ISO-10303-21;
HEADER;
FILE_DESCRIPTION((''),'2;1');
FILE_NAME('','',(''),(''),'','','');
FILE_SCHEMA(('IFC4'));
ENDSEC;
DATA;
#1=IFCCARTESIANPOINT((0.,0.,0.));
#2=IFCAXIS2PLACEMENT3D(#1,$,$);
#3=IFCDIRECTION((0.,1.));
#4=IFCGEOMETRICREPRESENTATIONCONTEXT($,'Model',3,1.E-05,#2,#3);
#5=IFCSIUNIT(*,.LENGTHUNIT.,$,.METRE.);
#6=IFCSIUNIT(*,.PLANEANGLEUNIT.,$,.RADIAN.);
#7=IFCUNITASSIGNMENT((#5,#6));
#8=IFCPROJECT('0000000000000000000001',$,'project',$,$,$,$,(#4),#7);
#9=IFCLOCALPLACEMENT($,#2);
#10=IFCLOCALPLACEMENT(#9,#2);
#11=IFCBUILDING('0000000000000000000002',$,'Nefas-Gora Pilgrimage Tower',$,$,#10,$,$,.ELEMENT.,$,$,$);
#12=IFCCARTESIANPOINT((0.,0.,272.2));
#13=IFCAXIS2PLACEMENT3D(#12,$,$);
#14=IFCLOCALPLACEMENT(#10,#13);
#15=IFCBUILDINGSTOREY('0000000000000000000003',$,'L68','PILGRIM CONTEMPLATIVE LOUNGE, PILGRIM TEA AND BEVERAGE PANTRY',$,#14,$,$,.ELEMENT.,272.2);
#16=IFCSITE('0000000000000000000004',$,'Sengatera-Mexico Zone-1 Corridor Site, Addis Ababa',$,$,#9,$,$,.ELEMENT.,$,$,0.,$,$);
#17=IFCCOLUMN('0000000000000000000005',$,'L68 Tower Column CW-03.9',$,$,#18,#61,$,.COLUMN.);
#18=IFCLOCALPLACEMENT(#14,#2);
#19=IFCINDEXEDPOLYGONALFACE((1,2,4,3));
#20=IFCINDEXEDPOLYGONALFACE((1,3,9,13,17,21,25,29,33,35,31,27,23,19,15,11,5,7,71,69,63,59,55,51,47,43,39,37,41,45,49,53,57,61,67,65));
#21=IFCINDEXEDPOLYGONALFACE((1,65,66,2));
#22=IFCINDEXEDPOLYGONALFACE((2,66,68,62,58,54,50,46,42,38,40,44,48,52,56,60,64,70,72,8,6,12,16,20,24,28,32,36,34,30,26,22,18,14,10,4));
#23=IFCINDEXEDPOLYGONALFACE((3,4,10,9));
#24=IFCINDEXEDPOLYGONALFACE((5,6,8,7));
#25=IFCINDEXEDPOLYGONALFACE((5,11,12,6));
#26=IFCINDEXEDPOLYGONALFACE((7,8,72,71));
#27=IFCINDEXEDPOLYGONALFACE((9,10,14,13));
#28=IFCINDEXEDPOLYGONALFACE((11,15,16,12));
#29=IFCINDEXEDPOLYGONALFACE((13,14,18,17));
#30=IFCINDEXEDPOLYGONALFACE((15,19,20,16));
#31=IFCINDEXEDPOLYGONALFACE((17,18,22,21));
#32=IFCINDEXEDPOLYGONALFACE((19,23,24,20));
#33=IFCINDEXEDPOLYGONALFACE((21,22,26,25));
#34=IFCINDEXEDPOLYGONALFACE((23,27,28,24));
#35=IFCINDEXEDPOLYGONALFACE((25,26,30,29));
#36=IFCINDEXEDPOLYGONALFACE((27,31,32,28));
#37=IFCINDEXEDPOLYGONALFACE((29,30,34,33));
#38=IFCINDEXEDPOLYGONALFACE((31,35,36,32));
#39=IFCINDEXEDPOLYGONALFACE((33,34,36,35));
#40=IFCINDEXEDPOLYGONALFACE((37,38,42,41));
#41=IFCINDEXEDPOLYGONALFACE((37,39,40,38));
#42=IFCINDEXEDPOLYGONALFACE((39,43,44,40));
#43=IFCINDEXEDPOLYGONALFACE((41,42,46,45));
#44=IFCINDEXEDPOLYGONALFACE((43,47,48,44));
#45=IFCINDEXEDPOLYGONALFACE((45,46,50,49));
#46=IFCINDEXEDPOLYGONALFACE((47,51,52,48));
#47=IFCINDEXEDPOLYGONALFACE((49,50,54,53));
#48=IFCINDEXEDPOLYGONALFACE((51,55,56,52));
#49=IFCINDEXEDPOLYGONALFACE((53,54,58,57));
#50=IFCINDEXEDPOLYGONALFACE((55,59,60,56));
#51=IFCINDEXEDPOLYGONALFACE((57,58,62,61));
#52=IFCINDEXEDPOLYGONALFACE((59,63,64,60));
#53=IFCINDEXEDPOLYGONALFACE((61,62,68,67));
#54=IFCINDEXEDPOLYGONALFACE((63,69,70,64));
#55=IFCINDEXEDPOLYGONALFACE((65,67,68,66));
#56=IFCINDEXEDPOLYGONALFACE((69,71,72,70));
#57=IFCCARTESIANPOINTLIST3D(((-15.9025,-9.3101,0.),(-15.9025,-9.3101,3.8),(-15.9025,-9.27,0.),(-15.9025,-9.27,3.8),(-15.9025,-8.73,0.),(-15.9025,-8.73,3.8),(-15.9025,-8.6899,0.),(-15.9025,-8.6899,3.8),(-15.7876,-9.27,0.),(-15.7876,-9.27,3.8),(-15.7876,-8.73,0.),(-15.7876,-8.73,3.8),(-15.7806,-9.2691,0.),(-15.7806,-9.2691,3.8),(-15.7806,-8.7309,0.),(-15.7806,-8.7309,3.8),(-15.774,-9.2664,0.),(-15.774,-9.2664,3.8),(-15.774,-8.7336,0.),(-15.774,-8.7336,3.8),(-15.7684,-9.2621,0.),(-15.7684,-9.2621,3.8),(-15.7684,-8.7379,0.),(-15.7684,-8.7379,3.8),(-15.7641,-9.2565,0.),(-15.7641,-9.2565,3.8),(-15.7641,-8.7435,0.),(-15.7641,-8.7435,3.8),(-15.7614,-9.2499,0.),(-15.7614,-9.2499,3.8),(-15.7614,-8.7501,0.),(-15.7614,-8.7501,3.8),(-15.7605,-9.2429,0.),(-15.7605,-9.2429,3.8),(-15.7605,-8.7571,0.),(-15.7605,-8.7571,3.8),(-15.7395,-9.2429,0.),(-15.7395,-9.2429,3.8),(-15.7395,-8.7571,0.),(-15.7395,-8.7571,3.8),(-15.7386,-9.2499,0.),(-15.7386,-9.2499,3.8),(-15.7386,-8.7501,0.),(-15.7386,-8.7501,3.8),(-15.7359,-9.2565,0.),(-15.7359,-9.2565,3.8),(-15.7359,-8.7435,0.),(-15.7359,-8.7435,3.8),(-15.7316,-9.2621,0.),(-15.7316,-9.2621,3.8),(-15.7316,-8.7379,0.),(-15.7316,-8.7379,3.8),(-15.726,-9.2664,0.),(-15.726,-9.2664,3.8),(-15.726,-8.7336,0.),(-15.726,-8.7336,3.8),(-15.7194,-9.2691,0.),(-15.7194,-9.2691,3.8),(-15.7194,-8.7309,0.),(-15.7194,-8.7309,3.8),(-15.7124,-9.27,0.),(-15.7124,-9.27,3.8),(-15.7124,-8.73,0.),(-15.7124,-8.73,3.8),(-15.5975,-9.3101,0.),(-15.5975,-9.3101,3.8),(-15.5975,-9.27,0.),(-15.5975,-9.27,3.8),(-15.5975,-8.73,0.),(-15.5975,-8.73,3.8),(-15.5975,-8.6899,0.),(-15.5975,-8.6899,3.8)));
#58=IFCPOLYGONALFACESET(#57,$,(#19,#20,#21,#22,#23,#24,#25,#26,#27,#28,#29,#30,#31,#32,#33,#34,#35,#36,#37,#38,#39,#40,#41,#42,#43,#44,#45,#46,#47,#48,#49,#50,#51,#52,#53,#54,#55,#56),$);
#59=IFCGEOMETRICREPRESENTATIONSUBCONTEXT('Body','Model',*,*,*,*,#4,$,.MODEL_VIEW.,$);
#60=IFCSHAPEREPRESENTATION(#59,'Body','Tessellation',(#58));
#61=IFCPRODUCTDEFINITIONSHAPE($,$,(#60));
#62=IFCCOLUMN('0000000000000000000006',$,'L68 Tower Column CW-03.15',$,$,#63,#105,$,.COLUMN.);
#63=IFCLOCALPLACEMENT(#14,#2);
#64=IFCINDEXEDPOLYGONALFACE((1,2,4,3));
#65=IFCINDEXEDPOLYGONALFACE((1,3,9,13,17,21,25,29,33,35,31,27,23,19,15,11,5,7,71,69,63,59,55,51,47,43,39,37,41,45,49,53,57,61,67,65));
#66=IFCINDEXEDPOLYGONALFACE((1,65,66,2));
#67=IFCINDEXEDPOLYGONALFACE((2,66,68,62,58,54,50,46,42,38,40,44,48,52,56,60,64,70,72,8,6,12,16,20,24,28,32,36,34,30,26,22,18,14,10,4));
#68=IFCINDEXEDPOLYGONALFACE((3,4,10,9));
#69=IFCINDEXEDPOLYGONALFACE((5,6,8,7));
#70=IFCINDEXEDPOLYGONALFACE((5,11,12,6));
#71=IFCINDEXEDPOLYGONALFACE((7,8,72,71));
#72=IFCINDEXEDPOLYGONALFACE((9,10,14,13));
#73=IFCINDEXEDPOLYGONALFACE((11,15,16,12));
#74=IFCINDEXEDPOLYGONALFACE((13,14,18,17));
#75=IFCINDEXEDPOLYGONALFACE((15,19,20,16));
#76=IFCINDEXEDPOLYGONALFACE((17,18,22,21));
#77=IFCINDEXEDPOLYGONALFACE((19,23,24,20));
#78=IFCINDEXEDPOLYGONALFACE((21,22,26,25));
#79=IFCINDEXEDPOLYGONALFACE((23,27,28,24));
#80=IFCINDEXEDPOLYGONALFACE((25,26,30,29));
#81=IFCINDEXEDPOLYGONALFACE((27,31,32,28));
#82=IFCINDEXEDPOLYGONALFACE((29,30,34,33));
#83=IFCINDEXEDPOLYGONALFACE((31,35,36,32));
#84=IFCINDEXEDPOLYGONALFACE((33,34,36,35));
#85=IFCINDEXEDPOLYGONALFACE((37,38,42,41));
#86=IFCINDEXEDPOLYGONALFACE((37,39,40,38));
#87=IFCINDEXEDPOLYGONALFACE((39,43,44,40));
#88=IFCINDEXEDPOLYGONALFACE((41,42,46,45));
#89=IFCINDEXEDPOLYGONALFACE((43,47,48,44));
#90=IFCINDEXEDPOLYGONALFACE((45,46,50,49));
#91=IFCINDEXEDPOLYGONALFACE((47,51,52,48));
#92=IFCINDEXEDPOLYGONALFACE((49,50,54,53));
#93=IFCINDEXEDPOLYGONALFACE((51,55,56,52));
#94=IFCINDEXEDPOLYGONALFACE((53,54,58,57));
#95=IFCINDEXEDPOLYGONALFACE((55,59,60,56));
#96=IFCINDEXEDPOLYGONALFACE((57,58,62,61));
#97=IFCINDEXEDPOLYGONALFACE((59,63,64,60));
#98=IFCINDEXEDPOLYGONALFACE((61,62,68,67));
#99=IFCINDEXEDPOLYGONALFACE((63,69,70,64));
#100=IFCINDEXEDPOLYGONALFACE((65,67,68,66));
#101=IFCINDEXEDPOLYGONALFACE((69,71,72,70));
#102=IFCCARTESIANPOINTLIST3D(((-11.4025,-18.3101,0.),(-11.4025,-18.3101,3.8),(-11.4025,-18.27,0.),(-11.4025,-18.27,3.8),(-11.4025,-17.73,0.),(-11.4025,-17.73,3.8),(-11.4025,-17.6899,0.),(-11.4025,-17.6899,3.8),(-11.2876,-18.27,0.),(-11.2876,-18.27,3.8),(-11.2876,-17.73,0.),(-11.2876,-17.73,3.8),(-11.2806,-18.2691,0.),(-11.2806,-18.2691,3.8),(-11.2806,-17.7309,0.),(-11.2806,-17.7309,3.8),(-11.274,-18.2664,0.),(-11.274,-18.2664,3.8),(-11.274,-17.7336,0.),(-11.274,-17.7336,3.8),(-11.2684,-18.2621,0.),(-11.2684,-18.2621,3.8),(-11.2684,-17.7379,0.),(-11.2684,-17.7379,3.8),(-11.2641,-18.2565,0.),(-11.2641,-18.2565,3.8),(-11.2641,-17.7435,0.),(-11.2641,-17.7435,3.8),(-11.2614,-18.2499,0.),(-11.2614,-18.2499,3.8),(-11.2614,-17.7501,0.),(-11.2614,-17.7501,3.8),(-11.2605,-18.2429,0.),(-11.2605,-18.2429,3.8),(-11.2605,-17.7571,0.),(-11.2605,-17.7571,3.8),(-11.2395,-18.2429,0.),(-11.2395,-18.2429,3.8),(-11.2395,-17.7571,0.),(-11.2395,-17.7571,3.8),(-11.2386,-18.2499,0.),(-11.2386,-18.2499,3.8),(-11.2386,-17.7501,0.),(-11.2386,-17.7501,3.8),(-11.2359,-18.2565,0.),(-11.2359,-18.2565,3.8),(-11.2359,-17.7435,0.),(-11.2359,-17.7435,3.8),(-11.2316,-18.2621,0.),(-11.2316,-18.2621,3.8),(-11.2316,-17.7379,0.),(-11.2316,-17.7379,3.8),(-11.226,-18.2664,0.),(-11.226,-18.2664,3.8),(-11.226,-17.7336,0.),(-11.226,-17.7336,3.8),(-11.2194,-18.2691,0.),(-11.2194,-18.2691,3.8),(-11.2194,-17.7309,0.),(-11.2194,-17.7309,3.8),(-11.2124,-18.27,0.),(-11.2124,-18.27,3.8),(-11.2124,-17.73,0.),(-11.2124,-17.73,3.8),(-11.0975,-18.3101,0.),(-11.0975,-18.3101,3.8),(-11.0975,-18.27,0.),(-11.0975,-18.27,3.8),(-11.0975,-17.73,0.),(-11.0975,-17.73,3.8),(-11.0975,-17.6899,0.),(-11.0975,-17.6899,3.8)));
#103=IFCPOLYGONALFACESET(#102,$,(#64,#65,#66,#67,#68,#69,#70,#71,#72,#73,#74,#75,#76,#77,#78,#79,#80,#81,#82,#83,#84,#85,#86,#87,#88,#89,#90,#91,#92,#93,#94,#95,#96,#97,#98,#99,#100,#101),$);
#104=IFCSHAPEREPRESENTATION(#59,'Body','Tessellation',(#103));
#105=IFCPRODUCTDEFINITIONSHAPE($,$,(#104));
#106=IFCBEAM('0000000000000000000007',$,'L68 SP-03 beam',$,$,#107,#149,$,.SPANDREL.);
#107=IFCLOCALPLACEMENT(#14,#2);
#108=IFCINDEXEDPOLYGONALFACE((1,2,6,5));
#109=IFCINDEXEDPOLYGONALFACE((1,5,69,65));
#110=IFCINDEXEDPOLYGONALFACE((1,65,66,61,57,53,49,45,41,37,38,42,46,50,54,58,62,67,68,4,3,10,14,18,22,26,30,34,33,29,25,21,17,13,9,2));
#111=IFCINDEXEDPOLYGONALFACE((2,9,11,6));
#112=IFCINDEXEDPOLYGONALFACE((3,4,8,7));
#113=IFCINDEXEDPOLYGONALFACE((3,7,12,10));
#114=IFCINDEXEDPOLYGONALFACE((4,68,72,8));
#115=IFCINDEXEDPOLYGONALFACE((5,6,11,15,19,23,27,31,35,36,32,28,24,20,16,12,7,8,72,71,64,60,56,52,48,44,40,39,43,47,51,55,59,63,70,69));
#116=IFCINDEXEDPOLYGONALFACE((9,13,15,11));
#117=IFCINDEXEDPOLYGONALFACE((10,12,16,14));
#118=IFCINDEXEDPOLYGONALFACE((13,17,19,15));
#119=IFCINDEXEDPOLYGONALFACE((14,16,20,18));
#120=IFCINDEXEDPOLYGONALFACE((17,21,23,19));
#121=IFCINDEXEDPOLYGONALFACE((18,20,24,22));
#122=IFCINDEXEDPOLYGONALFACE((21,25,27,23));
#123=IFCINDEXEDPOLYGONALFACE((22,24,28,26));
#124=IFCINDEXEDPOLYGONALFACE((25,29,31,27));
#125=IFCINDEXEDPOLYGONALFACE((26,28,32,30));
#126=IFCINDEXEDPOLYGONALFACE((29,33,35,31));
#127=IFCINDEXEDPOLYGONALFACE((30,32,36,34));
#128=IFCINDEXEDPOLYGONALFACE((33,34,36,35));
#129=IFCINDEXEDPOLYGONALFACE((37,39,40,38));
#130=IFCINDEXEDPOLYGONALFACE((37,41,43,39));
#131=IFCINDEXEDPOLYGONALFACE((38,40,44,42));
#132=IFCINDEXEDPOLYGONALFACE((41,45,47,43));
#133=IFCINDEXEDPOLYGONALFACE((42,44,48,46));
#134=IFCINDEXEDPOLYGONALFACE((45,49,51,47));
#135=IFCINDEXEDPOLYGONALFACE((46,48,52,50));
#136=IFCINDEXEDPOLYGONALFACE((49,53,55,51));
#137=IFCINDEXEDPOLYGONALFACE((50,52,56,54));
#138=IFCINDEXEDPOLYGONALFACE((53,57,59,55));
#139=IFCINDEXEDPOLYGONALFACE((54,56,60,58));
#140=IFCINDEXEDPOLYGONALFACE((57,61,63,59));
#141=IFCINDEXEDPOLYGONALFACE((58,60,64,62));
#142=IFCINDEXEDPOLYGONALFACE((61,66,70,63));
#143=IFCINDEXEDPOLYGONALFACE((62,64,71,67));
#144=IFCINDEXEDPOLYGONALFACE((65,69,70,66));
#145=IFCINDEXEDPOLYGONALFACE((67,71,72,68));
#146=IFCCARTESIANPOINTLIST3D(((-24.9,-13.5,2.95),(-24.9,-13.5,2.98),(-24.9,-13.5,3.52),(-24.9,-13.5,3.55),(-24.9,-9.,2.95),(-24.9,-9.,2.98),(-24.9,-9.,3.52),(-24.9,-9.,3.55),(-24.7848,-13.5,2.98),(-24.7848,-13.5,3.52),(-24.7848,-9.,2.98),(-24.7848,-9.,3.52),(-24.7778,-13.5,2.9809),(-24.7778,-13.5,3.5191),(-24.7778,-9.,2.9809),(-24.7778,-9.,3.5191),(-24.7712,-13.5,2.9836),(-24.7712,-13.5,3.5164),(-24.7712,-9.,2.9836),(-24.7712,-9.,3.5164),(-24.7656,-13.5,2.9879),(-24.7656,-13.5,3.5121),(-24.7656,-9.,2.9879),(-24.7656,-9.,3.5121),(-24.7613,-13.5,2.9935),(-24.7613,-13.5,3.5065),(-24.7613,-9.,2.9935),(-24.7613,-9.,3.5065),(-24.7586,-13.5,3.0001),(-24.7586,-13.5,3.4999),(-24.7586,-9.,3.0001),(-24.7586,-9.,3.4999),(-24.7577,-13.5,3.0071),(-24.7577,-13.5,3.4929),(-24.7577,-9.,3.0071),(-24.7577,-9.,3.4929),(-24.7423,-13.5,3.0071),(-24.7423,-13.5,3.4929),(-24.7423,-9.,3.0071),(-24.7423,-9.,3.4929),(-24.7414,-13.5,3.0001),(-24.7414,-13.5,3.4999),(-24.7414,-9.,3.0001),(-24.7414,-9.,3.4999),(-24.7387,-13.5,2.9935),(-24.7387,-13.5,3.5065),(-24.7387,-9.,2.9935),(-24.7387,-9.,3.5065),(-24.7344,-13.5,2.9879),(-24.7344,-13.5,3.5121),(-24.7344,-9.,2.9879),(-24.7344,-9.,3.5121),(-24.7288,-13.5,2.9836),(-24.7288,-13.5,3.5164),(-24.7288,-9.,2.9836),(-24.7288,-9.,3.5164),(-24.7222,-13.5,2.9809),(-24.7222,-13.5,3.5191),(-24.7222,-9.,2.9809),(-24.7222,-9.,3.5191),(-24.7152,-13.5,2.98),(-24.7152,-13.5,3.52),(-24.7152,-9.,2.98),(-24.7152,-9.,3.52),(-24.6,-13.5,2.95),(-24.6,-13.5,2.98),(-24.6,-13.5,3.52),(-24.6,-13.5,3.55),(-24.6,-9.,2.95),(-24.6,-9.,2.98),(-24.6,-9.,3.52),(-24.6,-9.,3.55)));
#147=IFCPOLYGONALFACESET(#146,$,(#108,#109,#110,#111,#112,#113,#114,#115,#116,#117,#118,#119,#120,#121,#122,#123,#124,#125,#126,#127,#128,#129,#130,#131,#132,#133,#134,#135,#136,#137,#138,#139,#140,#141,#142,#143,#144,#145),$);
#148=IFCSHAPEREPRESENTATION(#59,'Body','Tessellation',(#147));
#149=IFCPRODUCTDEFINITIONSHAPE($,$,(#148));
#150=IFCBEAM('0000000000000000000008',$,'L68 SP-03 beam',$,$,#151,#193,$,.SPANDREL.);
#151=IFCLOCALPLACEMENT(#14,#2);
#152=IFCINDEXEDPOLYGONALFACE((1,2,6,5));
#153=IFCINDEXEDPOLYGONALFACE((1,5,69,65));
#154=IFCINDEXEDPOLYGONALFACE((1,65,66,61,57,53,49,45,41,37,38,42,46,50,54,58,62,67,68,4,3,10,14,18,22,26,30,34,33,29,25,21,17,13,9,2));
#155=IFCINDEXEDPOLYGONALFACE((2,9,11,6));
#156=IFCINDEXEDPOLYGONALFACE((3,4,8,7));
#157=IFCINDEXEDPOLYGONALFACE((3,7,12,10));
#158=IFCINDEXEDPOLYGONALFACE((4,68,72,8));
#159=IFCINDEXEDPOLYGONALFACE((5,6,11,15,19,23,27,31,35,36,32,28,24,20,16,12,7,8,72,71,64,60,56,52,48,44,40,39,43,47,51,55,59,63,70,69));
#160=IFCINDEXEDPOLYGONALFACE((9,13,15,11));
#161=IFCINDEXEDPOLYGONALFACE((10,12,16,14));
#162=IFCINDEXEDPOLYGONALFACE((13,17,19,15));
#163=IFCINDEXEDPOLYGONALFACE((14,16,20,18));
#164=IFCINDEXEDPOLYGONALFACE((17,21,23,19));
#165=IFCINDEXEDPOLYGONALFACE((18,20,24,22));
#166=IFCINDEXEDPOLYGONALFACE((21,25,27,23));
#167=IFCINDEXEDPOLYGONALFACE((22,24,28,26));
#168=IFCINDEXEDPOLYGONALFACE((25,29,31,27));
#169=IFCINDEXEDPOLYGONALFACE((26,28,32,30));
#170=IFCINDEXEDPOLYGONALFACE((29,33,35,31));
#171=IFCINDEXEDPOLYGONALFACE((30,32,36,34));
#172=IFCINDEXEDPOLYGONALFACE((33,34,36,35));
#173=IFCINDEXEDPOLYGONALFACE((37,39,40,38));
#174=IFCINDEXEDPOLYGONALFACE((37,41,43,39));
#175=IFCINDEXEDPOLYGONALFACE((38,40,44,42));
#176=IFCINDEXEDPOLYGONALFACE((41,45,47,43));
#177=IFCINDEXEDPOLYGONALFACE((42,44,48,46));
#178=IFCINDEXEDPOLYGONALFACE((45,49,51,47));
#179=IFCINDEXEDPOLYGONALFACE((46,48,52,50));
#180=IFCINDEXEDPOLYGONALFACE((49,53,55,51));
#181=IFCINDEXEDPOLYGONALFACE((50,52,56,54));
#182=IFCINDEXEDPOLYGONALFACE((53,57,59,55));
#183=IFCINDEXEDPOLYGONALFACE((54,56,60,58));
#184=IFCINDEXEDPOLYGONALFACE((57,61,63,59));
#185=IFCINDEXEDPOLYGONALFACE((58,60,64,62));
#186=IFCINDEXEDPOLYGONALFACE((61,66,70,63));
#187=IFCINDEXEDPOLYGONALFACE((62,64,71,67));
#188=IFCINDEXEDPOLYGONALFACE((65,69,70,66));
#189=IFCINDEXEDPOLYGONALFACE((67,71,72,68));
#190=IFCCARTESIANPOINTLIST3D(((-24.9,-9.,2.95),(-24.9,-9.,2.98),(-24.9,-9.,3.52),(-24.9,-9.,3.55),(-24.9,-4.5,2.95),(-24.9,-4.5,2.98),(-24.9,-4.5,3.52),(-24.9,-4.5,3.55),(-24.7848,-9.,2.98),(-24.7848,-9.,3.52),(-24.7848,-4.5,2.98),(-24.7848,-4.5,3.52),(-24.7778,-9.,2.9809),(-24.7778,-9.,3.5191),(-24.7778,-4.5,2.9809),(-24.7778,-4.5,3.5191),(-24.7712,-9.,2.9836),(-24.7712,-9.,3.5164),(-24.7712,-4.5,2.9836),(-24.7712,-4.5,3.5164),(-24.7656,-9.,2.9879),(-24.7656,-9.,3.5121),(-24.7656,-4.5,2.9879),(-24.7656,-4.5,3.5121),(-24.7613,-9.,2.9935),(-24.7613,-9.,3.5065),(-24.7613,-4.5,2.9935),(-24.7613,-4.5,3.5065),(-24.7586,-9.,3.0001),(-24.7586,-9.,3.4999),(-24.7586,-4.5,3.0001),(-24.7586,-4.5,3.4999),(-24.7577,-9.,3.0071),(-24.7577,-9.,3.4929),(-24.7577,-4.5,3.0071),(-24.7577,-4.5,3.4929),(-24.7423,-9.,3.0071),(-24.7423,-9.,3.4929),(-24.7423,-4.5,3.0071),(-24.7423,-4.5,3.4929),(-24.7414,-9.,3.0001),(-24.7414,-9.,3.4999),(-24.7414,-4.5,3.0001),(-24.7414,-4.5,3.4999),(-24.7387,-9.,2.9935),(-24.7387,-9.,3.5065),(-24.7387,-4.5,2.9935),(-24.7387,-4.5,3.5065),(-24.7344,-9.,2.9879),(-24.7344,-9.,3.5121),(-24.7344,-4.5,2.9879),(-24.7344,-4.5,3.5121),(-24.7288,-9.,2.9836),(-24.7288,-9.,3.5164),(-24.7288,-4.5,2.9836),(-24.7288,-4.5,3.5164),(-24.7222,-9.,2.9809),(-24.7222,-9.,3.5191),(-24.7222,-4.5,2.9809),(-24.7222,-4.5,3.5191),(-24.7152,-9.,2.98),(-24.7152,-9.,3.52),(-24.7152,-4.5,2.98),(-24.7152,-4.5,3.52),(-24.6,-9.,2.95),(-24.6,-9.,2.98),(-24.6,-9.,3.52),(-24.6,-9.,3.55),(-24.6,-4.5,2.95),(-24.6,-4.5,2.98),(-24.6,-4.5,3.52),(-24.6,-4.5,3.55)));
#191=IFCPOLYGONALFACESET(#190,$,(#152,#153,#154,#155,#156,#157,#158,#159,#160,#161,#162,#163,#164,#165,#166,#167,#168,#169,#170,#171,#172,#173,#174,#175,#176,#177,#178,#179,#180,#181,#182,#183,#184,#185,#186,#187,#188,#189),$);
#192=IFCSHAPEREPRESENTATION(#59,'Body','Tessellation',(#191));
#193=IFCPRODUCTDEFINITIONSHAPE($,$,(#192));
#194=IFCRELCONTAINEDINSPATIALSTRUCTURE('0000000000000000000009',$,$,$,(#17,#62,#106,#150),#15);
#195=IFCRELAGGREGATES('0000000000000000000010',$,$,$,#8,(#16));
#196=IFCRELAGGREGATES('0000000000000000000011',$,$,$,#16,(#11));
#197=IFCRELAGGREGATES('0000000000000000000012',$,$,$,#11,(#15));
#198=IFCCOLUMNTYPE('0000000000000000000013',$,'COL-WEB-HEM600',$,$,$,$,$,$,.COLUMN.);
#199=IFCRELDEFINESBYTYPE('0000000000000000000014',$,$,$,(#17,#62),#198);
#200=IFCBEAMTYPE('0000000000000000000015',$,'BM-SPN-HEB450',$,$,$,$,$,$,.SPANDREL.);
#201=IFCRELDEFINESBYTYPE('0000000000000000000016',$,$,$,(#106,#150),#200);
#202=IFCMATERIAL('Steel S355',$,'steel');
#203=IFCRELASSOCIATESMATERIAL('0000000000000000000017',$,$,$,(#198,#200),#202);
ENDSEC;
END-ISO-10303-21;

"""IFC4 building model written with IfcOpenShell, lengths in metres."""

from ifc_helpers import new_model, si_unit, direction, frame, origin, origin_2d, place, context, subcontext, project, spatial, i_section, extrude, source, transform, mapped, material, material_profile, profile_set, type_object, element, save


model = new_model("IFC4")

# Units and contexts
model_context = context("Model", 3, precision=1e-05, world=origin(), true_north=direction((0.0, 1.0)))
body_context = subcontext(model_context, "Body", "Model", "MODEL_VIEW")
ifc_project = project(units=[si_unit("LENGTHUNIT", "METRE"), si_unit("PLANEANGLEUNIT", "RADIAN")], contexts=[model_context])

# Site, building, storey
site_placement = place(None, origin())
site = spatial("IfcSite", under=ifc_project, at=site_placement, Name="Sengatera-Mexico Zone-1 Corridor Site, Addis Ababa", CompositionType="ELEMENT", RefElevation=0.0)
building_placement = place(site_placement, origin())
building = spatial("IfcBuilding", under=site, at=building_placement, Name="Nefas-Gora Pilgrimage Tower", CompositionType="ELEMENT")
storey_placement = place(building_placement, frame((0.0, 0.0, 272.2)))
storey = spatial("IfcBuildingStorey", under=building, at=storey_placement, Name="L68", Description="PILGRIM CONTEMPLATIVE LOUNGE, PILGRIM TEA AND BEVERAGE PANTRY", CompositionType="ELEMENT", Elevation=272.2)

# Columns
ifc_material_1 = material(Name="Steel S355", Category="steel")
ifc_material_profile_1 = material_profile(ifc_material_1, i_section(OverallWidth=0.3049, OverallDepth=0.6201, WebThickness=0.021, FlangeThickness=0.04, FilletRadius=0.0271, at=origin_2d()), Name="HEM 600")
ifc_profile_set_1 = profile_set([ifc_material_profile_1], Name="Steel S355")
column_type_1 = type_object("IfcColumnType", Name="COL-WEB-HEM600", PredefinedType="COLUMN", material=ifc_profile_set_1)
shared_shape_1 = source(origin(), body_context, "Body", "SweptSolid", [
    extrude(i_section(OverallWidth=0.3049, OverallDepth=0.6201, WebThickness=0.021, FlangeThickness=0.04, FilletRadius=0.0271, at=origin_2d()), origin(), (0.0, 0.0, 1.0), 3.8),
])
for number, where, z_axis, x_axis, name in (
    (1, (-15.75, -9.0, 0.0), (0.0, 0.0, 1.0), (1.0, 0.0, 0.0), "L68 Tower Column CW-03.9"),
    (2, (-11.25, -18.0, 0.0), (0.0, 0.0, 1.0), (1.0, 0.0, 0.0), "L68 Tower Column CW-03.15"),
):
    element("IfcColumn", number, at=place(storey_placement, frame(where, z_axis=z_axis, x_axis=x_axis)), inside=storey, type_object=column_type_1, Name=name, PredefinedType="COLUMN", context=body_context, shape_type="MappedRepresentation", body=[
        mapped(shared_shape_1, transform((0.0, 0.0, 0.0), x_axis=(1.0, 0.0, 0.0), y_axis=(0.0, 1.0, 0.0), z_axis=(0.0, 0.0, 1.0), scale=1.0)),
    ])

# Beams
ifc_material_profile_2 = material_profile(ifc_material_1, i_section(OverallWidth=0.3, OverallDepth=0.6001, WebThickness=0.0154, FlangeThickness=0.03, FilletRadius=0.0271, at=origin_2d()), Name="HEB 600")
ifc_profile_set_2 = profile_set([ifc_material_profile_2], Name="Steel S355")
beam_type_1 = type_object("IfcBeamType", Name="BM-SPN-HEB450", PredefinedType="SPANDREL", material=ifc_profile_set_2)
shared_shape_2 = source(origin(), body_context, "Body", "SweptSolid", [
    extrude(i_section(OverallWidth=0.3, OverallDepth=0.6001, WebThickness=0.0154, FlangeThickness=0.03, FilletRadius=0.0271, at=origin_2d()), origin(), (0.0, 0.0, 1.0), 4.5),
])
for number, where, z_axis, x_axis, name in (
    (3, (-24.75, -13.5, 3.25), (0.0, 1.0, 0.0), (-1.0, 0.0, 0.0), "L68 SP-03 beam"),
    (4, (-24.75, -9.0, 3.25), (0.0, 1.0, 0.0), (-1.0, 0.0, 0.0), "L68 SP-03 beam"),
):
    element("IfcBeam", number, at=place(storey_placement, frame(where, z_axis=z_axis, x_axis=x_axis)), inside=storey, type_object=beam_type_1, Name=name, PredefinedType="SPANDREL", context=body_context, shape_type="MappedRepresentation", body=[
        mapped(shared_shape_2, transform((0.0, 0.0, 0.0), x_axis=(1.0, 0.0, 0.0), y_axis=(0.0, 1.0, 0.0), z_axis=(0.0, 0.0, 1.0), scale=1.0)),
    ])

save(model, "model.ifc")
